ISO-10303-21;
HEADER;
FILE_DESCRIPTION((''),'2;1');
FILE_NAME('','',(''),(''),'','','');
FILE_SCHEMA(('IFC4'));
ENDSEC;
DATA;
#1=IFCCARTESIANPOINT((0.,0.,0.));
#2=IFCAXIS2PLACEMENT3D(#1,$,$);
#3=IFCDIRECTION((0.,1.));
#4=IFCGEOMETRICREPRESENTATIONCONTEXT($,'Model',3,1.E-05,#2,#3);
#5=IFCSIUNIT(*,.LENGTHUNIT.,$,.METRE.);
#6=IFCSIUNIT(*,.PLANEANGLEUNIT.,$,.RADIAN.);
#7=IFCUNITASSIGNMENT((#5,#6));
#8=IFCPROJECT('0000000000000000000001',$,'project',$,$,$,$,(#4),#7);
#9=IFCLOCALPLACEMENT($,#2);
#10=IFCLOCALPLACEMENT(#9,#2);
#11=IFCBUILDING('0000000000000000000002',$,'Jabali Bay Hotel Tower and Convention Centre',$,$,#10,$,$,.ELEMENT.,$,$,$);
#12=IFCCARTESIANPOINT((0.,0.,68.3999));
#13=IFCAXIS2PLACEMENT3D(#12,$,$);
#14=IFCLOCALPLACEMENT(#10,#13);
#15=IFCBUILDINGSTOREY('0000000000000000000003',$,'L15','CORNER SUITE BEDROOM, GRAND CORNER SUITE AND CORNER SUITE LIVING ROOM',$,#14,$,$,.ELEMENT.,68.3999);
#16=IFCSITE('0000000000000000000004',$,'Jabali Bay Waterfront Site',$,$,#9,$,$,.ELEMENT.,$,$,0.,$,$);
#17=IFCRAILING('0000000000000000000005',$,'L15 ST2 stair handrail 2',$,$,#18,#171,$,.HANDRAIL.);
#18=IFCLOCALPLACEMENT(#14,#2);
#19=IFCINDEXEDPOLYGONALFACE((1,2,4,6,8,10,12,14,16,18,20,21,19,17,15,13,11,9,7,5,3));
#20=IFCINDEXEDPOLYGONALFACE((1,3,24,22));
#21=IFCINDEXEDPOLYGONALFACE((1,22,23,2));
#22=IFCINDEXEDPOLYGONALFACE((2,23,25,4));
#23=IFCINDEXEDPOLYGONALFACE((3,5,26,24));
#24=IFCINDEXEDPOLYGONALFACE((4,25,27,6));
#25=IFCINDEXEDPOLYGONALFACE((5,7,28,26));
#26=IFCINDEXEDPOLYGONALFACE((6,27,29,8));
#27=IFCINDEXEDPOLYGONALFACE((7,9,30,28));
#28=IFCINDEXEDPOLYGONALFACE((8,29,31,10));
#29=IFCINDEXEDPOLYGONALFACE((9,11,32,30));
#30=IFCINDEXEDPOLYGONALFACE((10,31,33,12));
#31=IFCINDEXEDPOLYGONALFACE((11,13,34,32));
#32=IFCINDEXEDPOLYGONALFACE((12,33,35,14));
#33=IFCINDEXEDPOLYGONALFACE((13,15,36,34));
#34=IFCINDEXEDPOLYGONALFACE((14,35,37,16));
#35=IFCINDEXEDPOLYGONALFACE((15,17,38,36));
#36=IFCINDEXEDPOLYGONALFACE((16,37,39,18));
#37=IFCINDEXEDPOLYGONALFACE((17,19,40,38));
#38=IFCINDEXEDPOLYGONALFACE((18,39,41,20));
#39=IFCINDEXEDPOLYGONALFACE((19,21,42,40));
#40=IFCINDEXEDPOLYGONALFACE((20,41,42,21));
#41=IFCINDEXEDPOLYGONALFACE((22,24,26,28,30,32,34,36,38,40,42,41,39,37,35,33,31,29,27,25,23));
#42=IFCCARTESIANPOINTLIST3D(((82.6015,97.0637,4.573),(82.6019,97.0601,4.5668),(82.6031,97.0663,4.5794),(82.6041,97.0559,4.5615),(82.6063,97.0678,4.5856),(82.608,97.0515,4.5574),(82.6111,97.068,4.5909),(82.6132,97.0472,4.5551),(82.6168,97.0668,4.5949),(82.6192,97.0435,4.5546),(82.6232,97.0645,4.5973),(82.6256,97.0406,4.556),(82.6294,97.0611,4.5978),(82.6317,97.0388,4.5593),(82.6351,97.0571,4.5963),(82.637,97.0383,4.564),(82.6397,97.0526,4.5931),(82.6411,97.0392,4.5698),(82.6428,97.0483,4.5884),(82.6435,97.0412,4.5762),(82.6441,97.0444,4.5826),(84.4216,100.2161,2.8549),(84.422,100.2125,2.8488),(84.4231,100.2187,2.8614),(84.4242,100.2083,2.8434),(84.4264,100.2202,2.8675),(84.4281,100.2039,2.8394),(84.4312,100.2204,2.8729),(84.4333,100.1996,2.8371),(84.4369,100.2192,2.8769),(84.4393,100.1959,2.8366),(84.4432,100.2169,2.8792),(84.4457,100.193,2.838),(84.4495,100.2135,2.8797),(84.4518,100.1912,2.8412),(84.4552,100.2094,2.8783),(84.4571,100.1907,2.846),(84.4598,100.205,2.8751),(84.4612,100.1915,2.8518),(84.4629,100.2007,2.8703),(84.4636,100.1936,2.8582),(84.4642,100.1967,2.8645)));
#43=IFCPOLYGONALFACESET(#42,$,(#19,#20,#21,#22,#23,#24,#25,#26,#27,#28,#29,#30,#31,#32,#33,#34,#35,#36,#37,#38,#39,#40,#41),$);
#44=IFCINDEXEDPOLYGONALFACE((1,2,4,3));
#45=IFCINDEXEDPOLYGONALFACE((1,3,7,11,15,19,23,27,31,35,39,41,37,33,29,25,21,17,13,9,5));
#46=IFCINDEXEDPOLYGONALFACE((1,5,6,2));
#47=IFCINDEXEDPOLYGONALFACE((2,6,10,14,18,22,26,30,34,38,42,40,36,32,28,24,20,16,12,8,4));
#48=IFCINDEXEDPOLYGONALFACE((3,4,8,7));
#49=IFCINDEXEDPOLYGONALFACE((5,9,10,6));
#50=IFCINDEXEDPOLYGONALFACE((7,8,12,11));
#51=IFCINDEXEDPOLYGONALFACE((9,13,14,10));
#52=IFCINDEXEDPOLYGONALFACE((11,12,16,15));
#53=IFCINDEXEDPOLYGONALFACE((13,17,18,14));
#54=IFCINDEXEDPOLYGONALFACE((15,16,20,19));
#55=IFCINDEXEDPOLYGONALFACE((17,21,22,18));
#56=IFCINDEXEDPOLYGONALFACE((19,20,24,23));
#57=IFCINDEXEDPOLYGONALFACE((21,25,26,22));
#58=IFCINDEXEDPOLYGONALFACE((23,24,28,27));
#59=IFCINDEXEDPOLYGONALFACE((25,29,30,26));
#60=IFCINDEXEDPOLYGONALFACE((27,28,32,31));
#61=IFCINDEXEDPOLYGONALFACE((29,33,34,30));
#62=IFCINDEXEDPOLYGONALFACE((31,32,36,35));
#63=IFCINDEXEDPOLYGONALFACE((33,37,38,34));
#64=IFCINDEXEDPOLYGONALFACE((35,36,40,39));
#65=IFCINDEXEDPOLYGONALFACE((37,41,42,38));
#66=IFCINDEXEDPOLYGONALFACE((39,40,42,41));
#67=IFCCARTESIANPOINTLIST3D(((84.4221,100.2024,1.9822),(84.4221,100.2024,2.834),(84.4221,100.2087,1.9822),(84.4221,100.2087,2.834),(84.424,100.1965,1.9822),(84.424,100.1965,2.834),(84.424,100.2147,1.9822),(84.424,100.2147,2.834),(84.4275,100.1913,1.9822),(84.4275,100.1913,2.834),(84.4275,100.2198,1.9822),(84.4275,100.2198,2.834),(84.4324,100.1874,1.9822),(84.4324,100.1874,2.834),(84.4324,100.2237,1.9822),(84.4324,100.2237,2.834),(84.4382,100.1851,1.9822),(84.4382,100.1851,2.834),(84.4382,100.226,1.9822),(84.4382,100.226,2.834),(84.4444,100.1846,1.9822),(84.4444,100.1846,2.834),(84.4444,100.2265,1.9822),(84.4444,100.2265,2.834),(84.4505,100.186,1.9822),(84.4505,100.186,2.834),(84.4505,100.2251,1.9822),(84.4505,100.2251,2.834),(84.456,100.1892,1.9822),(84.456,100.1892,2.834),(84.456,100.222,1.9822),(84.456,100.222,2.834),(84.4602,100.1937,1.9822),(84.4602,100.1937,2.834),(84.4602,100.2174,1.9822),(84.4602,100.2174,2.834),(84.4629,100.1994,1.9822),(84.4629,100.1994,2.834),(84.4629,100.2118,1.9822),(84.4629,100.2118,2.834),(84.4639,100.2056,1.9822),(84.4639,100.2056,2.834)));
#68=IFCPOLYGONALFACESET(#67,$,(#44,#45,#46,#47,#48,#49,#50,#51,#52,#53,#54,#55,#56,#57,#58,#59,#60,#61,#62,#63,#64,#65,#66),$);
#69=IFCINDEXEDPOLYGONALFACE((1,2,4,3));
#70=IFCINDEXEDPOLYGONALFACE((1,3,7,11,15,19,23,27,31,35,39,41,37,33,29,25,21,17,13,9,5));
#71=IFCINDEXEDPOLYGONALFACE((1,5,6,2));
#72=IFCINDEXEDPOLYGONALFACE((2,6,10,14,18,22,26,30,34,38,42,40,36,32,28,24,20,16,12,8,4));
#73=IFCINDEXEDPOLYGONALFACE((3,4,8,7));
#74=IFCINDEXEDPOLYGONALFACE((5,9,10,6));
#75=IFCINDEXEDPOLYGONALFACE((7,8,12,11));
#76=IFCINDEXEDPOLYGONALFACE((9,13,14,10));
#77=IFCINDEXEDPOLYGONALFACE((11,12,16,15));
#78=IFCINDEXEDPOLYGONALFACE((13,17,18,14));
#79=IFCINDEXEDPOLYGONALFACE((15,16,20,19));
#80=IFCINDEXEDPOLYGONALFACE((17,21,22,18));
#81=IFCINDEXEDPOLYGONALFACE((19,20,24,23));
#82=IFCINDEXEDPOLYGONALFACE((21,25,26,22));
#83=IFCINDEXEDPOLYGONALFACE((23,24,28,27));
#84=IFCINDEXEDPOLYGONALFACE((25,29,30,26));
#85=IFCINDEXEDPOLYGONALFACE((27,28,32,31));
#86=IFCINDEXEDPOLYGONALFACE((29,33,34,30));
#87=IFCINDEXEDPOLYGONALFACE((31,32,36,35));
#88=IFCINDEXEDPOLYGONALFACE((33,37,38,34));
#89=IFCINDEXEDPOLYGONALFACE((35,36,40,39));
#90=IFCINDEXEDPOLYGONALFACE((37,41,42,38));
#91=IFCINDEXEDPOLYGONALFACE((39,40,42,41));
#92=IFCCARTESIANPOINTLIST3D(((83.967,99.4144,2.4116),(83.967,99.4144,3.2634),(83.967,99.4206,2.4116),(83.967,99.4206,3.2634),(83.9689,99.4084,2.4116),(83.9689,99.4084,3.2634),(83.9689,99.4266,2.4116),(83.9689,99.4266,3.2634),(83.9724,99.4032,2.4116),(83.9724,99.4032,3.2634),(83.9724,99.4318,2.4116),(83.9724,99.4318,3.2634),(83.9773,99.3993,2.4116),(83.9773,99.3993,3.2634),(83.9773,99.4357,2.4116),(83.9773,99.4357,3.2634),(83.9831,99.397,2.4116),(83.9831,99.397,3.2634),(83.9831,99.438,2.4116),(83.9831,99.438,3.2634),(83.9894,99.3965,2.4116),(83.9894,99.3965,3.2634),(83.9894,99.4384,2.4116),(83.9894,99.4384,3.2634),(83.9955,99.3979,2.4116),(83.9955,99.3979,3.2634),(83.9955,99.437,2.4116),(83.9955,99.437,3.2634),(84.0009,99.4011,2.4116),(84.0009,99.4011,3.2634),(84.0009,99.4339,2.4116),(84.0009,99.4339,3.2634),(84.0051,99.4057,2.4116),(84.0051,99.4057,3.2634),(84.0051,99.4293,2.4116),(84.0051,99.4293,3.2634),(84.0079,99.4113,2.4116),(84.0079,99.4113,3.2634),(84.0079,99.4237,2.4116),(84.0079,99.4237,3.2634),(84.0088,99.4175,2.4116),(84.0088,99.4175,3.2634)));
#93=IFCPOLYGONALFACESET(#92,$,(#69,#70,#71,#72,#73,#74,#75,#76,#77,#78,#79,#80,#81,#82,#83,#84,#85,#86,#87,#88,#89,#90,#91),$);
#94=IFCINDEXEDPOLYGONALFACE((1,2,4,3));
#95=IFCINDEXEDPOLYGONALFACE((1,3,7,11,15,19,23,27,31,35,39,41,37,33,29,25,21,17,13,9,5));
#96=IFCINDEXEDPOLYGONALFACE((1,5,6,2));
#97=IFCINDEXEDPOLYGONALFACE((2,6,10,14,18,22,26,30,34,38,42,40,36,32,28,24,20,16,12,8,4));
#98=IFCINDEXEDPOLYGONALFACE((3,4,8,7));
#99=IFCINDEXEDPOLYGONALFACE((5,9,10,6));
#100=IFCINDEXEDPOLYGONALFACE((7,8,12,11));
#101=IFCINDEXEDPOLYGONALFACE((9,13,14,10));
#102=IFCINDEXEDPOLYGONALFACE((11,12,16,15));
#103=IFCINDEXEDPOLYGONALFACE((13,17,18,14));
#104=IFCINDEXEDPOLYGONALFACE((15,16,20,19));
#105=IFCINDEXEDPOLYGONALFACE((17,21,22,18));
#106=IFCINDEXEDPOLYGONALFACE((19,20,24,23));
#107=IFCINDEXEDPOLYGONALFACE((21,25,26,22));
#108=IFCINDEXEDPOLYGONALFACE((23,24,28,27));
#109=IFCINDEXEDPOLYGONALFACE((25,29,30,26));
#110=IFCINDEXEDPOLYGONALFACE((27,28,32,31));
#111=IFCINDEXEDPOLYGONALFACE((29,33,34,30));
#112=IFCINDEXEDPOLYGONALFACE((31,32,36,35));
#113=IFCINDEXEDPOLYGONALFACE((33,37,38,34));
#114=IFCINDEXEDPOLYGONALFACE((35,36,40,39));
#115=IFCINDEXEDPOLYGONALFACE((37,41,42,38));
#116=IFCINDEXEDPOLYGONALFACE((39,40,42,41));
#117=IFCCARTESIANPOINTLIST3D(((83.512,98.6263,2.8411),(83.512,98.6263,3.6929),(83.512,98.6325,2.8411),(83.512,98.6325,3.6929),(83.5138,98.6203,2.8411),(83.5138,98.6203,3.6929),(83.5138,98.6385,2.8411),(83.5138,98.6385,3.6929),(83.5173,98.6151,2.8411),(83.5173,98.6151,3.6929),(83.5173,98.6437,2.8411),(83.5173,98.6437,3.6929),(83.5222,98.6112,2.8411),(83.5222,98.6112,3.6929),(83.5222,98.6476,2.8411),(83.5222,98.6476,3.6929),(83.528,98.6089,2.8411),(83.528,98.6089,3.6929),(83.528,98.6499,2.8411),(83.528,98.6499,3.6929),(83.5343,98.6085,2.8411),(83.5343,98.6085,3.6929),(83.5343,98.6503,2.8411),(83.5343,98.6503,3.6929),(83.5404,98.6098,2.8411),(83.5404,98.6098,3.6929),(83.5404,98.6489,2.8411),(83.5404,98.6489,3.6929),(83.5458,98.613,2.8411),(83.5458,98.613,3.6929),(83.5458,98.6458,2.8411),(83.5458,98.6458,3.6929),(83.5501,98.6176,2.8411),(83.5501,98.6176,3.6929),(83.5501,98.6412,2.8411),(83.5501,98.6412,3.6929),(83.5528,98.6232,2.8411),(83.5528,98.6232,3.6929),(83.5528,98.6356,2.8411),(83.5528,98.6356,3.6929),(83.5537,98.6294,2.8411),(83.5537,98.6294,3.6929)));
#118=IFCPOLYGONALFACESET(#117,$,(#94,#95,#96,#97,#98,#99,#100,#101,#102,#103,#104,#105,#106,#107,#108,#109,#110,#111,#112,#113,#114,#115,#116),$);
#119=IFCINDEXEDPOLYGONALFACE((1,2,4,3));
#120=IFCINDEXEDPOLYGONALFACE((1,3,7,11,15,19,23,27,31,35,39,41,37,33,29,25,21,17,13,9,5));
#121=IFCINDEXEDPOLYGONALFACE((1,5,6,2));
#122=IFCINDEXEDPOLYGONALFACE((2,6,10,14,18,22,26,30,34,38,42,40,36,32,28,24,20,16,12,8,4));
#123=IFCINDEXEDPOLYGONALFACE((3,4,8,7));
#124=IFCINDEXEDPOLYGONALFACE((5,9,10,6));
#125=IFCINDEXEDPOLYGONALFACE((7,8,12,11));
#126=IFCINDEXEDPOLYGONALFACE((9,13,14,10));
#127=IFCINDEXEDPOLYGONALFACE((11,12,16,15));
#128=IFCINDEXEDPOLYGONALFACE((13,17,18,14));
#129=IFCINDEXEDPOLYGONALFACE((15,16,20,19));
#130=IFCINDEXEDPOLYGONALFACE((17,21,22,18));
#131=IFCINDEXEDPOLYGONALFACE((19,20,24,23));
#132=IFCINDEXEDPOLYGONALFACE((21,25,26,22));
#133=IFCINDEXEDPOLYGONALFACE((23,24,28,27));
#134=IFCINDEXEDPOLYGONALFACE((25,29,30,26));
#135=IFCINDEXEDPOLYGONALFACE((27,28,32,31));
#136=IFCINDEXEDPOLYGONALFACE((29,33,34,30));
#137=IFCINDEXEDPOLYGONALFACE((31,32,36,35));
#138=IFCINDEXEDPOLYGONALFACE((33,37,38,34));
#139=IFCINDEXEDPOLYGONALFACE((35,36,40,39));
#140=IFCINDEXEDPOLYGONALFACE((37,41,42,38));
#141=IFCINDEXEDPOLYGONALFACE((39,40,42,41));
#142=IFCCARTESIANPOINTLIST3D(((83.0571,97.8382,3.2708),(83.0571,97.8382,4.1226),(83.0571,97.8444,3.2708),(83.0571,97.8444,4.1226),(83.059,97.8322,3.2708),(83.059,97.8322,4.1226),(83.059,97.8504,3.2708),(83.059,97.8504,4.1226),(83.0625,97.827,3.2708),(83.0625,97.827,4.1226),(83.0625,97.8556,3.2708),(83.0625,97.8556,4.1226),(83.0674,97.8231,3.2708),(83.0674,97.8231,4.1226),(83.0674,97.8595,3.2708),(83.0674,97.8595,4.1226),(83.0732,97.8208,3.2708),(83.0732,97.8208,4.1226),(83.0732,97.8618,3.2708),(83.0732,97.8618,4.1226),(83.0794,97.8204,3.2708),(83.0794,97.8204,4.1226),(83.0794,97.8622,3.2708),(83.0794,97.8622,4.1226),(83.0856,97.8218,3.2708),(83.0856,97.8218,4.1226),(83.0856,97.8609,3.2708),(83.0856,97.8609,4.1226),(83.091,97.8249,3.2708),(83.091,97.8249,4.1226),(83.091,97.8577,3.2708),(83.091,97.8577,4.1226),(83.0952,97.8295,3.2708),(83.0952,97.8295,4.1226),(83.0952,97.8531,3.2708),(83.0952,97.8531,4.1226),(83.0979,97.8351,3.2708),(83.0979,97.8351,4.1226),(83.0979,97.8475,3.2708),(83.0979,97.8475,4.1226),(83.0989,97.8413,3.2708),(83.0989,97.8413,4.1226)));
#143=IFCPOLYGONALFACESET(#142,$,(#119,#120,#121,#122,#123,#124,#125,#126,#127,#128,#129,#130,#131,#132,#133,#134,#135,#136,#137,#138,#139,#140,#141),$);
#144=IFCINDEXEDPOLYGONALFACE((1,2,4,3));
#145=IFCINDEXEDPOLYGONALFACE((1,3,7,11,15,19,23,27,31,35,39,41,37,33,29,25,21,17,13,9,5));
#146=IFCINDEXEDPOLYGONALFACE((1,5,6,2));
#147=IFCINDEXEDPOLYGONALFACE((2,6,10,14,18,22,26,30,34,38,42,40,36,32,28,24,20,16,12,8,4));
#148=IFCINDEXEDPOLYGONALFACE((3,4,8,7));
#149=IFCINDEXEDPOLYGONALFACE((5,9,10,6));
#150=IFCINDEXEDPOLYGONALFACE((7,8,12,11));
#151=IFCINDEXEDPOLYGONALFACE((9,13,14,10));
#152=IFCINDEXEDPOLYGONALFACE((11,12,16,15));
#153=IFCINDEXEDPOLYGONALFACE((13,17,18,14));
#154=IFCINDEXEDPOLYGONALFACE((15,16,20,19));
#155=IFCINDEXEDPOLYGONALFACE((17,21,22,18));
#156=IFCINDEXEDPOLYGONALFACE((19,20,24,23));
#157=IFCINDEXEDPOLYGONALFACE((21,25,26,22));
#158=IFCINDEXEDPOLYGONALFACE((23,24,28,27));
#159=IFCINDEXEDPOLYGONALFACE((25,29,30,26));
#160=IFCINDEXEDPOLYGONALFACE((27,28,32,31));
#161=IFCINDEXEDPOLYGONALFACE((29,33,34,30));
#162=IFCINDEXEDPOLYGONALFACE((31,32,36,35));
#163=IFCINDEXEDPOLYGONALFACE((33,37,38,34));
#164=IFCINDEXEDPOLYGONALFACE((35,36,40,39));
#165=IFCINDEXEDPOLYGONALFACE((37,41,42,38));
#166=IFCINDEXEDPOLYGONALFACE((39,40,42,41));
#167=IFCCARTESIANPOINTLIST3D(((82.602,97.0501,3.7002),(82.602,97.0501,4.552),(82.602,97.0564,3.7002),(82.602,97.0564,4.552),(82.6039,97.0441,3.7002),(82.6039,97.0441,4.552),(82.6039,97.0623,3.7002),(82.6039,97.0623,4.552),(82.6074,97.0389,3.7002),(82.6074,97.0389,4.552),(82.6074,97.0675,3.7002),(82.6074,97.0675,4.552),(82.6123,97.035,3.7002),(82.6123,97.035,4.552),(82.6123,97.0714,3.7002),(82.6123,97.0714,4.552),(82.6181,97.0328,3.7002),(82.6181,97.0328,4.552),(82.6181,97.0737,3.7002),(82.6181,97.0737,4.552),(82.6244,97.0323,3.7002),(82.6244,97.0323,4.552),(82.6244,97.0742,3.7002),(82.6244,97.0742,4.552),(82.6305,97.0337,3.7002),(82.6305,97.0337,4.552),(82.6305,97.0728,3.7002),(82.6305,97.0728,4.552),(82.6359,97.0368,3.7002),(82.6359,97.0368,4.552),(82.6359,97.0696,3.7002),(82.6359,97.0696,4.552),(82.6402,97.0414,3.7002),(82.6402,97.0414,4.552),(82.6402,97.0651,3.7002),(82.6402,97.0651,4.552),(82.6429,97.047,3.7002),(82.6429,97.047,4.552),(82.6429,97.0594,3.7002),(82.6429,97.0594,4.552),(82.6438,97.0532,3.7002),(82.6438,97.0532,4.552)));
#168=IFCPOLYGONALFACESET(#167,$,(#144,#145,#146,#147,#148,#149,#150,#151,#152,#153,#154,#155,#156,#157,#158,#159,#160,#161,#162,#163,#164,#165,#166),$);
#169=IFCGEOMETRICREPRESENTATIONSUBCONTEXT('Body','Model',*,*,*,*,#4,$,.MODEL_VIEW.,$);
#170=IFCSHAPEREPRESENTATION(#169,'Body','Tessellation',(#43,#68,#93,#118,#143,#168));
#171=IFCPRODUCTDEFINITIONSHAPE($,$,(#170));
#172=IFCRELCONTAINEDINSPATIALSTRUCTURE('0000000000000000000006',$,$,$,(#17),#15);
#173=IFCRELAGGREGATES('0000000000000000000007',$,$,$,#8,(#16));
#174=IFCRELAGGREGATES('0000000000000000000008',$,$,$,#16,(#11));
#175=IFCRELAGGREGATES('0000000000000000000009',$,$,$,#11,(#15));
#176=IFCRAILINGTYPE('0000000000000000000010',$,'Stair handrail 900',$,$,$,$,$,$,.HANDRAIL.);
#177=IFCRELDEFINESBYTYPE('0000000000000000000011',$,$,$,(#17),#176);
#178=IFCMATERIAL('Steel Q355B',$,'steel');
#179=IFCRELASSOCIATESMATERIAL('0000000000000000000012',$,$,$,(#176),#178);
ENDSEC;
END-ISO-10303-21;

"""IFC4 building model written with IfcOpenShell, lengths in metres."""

from ifc_helpers import new_model, si_unit, direction, frame, origin, origin_2d, place, context, subcontext, project, spatial, circle, extrude, material, type_object, element, save


model = new_model("IFC4")

# Units and contexts
model_context = context("Model", 3, precision=1e-05, world=origin(), true_north=direction((0.0, 1.0)))
body_context = subcontext(model_context, "Body", "Model", "MODEL_VIEW")
ifc_project = project(units=[si_unit("LENGTHUNIT", "METRE"), si_unit("PLANEANGLEUNIT", "RADIAN")], contexts=[model_context])

# Site, building, storey
site_placement = place(None, origin())
site = spatial("IfcSite", under=ifc_project, at=site_placement, Name="Jabali Bay Waterfront Site", CompositionType="ELEMENT", RefElevation=0.0)
building_placement = place(site_placement, origin())
building = spatial("IfcBuilding", under=site, at=building_placement, Name="Jabali Bay Hotel Tower and Convention Centre", CompositionType="ELEMENT")
storey_placement = place(building_placement, frame((0.0, 0.0, 68.3999)))
storey = spatial("IfcBuildingStorey", under=building, at=storey_placement, Name="L15", Description="CORNER SUITE BEDROOM, GRAND CORNER SUITE AND CORNER SUITE LIVING ROOM", CompositionType="ELEMENT", Elevation=68.3999)

# Railing
ifc_material_1 = material(Name="Steel Q355B", Category="steel")
railing_type_1 = type_object("IfcRailingType", Name="Stair handrail 900", PredefinedType="HANDRAIL", material=ifc_material_1)
railing_1_placement = place(storey_placement, frame((84.4429, 100.2056, 1.9822)))
element("IfcRailing", 1, at=railing_1_placement, inside=storey, type_object=railing_type_1, Name="L15 ST2 stair handrail 2", PredefinedType="HANDRAIL", context=body_context, shape_type="SweptSolid", body=[
    extrude(circle(Radius=0.0239, at=origin_2d()), frame((0.0, 0.0, 0.876), z_axis=(-0.452179, -0.78317, 0.426825), x_axis=(0.866018, -0.500013, 0.0)), (0.0, 0.0, 1.0), 4.0251),
    extrude(circle(Radius=0.021, at=origin_2d()), origin(), (0.0, 0.0, 1.0), 0.8518),
    extrude(circle(Radius=0.021, at=origin_2d()), frame((-0.4551, -0.7881, 0.4294)), (0.0, 0.0, 1.0), 0.8518),
    extrude(circle(Radius=0.021, at=origin_2d()), frame((-0.9102, -1.5762, 0.8589)), (0.0, 0.0, 1.0), 0.8518),
    extrude(circle(Radius=0.021, at=origin_2d()), frame((-1.365, -2.3643, 1.2886)), (0.0, 0.0, 1.0), 0.8518),
    extrude(circle(Radius=0.021, at=origin_2d()), frame((-1.8201, -3.1523, 1.718)), (0.0, 0.0, 1.0), 0.8518),
])

save(model, "model.ifc")
